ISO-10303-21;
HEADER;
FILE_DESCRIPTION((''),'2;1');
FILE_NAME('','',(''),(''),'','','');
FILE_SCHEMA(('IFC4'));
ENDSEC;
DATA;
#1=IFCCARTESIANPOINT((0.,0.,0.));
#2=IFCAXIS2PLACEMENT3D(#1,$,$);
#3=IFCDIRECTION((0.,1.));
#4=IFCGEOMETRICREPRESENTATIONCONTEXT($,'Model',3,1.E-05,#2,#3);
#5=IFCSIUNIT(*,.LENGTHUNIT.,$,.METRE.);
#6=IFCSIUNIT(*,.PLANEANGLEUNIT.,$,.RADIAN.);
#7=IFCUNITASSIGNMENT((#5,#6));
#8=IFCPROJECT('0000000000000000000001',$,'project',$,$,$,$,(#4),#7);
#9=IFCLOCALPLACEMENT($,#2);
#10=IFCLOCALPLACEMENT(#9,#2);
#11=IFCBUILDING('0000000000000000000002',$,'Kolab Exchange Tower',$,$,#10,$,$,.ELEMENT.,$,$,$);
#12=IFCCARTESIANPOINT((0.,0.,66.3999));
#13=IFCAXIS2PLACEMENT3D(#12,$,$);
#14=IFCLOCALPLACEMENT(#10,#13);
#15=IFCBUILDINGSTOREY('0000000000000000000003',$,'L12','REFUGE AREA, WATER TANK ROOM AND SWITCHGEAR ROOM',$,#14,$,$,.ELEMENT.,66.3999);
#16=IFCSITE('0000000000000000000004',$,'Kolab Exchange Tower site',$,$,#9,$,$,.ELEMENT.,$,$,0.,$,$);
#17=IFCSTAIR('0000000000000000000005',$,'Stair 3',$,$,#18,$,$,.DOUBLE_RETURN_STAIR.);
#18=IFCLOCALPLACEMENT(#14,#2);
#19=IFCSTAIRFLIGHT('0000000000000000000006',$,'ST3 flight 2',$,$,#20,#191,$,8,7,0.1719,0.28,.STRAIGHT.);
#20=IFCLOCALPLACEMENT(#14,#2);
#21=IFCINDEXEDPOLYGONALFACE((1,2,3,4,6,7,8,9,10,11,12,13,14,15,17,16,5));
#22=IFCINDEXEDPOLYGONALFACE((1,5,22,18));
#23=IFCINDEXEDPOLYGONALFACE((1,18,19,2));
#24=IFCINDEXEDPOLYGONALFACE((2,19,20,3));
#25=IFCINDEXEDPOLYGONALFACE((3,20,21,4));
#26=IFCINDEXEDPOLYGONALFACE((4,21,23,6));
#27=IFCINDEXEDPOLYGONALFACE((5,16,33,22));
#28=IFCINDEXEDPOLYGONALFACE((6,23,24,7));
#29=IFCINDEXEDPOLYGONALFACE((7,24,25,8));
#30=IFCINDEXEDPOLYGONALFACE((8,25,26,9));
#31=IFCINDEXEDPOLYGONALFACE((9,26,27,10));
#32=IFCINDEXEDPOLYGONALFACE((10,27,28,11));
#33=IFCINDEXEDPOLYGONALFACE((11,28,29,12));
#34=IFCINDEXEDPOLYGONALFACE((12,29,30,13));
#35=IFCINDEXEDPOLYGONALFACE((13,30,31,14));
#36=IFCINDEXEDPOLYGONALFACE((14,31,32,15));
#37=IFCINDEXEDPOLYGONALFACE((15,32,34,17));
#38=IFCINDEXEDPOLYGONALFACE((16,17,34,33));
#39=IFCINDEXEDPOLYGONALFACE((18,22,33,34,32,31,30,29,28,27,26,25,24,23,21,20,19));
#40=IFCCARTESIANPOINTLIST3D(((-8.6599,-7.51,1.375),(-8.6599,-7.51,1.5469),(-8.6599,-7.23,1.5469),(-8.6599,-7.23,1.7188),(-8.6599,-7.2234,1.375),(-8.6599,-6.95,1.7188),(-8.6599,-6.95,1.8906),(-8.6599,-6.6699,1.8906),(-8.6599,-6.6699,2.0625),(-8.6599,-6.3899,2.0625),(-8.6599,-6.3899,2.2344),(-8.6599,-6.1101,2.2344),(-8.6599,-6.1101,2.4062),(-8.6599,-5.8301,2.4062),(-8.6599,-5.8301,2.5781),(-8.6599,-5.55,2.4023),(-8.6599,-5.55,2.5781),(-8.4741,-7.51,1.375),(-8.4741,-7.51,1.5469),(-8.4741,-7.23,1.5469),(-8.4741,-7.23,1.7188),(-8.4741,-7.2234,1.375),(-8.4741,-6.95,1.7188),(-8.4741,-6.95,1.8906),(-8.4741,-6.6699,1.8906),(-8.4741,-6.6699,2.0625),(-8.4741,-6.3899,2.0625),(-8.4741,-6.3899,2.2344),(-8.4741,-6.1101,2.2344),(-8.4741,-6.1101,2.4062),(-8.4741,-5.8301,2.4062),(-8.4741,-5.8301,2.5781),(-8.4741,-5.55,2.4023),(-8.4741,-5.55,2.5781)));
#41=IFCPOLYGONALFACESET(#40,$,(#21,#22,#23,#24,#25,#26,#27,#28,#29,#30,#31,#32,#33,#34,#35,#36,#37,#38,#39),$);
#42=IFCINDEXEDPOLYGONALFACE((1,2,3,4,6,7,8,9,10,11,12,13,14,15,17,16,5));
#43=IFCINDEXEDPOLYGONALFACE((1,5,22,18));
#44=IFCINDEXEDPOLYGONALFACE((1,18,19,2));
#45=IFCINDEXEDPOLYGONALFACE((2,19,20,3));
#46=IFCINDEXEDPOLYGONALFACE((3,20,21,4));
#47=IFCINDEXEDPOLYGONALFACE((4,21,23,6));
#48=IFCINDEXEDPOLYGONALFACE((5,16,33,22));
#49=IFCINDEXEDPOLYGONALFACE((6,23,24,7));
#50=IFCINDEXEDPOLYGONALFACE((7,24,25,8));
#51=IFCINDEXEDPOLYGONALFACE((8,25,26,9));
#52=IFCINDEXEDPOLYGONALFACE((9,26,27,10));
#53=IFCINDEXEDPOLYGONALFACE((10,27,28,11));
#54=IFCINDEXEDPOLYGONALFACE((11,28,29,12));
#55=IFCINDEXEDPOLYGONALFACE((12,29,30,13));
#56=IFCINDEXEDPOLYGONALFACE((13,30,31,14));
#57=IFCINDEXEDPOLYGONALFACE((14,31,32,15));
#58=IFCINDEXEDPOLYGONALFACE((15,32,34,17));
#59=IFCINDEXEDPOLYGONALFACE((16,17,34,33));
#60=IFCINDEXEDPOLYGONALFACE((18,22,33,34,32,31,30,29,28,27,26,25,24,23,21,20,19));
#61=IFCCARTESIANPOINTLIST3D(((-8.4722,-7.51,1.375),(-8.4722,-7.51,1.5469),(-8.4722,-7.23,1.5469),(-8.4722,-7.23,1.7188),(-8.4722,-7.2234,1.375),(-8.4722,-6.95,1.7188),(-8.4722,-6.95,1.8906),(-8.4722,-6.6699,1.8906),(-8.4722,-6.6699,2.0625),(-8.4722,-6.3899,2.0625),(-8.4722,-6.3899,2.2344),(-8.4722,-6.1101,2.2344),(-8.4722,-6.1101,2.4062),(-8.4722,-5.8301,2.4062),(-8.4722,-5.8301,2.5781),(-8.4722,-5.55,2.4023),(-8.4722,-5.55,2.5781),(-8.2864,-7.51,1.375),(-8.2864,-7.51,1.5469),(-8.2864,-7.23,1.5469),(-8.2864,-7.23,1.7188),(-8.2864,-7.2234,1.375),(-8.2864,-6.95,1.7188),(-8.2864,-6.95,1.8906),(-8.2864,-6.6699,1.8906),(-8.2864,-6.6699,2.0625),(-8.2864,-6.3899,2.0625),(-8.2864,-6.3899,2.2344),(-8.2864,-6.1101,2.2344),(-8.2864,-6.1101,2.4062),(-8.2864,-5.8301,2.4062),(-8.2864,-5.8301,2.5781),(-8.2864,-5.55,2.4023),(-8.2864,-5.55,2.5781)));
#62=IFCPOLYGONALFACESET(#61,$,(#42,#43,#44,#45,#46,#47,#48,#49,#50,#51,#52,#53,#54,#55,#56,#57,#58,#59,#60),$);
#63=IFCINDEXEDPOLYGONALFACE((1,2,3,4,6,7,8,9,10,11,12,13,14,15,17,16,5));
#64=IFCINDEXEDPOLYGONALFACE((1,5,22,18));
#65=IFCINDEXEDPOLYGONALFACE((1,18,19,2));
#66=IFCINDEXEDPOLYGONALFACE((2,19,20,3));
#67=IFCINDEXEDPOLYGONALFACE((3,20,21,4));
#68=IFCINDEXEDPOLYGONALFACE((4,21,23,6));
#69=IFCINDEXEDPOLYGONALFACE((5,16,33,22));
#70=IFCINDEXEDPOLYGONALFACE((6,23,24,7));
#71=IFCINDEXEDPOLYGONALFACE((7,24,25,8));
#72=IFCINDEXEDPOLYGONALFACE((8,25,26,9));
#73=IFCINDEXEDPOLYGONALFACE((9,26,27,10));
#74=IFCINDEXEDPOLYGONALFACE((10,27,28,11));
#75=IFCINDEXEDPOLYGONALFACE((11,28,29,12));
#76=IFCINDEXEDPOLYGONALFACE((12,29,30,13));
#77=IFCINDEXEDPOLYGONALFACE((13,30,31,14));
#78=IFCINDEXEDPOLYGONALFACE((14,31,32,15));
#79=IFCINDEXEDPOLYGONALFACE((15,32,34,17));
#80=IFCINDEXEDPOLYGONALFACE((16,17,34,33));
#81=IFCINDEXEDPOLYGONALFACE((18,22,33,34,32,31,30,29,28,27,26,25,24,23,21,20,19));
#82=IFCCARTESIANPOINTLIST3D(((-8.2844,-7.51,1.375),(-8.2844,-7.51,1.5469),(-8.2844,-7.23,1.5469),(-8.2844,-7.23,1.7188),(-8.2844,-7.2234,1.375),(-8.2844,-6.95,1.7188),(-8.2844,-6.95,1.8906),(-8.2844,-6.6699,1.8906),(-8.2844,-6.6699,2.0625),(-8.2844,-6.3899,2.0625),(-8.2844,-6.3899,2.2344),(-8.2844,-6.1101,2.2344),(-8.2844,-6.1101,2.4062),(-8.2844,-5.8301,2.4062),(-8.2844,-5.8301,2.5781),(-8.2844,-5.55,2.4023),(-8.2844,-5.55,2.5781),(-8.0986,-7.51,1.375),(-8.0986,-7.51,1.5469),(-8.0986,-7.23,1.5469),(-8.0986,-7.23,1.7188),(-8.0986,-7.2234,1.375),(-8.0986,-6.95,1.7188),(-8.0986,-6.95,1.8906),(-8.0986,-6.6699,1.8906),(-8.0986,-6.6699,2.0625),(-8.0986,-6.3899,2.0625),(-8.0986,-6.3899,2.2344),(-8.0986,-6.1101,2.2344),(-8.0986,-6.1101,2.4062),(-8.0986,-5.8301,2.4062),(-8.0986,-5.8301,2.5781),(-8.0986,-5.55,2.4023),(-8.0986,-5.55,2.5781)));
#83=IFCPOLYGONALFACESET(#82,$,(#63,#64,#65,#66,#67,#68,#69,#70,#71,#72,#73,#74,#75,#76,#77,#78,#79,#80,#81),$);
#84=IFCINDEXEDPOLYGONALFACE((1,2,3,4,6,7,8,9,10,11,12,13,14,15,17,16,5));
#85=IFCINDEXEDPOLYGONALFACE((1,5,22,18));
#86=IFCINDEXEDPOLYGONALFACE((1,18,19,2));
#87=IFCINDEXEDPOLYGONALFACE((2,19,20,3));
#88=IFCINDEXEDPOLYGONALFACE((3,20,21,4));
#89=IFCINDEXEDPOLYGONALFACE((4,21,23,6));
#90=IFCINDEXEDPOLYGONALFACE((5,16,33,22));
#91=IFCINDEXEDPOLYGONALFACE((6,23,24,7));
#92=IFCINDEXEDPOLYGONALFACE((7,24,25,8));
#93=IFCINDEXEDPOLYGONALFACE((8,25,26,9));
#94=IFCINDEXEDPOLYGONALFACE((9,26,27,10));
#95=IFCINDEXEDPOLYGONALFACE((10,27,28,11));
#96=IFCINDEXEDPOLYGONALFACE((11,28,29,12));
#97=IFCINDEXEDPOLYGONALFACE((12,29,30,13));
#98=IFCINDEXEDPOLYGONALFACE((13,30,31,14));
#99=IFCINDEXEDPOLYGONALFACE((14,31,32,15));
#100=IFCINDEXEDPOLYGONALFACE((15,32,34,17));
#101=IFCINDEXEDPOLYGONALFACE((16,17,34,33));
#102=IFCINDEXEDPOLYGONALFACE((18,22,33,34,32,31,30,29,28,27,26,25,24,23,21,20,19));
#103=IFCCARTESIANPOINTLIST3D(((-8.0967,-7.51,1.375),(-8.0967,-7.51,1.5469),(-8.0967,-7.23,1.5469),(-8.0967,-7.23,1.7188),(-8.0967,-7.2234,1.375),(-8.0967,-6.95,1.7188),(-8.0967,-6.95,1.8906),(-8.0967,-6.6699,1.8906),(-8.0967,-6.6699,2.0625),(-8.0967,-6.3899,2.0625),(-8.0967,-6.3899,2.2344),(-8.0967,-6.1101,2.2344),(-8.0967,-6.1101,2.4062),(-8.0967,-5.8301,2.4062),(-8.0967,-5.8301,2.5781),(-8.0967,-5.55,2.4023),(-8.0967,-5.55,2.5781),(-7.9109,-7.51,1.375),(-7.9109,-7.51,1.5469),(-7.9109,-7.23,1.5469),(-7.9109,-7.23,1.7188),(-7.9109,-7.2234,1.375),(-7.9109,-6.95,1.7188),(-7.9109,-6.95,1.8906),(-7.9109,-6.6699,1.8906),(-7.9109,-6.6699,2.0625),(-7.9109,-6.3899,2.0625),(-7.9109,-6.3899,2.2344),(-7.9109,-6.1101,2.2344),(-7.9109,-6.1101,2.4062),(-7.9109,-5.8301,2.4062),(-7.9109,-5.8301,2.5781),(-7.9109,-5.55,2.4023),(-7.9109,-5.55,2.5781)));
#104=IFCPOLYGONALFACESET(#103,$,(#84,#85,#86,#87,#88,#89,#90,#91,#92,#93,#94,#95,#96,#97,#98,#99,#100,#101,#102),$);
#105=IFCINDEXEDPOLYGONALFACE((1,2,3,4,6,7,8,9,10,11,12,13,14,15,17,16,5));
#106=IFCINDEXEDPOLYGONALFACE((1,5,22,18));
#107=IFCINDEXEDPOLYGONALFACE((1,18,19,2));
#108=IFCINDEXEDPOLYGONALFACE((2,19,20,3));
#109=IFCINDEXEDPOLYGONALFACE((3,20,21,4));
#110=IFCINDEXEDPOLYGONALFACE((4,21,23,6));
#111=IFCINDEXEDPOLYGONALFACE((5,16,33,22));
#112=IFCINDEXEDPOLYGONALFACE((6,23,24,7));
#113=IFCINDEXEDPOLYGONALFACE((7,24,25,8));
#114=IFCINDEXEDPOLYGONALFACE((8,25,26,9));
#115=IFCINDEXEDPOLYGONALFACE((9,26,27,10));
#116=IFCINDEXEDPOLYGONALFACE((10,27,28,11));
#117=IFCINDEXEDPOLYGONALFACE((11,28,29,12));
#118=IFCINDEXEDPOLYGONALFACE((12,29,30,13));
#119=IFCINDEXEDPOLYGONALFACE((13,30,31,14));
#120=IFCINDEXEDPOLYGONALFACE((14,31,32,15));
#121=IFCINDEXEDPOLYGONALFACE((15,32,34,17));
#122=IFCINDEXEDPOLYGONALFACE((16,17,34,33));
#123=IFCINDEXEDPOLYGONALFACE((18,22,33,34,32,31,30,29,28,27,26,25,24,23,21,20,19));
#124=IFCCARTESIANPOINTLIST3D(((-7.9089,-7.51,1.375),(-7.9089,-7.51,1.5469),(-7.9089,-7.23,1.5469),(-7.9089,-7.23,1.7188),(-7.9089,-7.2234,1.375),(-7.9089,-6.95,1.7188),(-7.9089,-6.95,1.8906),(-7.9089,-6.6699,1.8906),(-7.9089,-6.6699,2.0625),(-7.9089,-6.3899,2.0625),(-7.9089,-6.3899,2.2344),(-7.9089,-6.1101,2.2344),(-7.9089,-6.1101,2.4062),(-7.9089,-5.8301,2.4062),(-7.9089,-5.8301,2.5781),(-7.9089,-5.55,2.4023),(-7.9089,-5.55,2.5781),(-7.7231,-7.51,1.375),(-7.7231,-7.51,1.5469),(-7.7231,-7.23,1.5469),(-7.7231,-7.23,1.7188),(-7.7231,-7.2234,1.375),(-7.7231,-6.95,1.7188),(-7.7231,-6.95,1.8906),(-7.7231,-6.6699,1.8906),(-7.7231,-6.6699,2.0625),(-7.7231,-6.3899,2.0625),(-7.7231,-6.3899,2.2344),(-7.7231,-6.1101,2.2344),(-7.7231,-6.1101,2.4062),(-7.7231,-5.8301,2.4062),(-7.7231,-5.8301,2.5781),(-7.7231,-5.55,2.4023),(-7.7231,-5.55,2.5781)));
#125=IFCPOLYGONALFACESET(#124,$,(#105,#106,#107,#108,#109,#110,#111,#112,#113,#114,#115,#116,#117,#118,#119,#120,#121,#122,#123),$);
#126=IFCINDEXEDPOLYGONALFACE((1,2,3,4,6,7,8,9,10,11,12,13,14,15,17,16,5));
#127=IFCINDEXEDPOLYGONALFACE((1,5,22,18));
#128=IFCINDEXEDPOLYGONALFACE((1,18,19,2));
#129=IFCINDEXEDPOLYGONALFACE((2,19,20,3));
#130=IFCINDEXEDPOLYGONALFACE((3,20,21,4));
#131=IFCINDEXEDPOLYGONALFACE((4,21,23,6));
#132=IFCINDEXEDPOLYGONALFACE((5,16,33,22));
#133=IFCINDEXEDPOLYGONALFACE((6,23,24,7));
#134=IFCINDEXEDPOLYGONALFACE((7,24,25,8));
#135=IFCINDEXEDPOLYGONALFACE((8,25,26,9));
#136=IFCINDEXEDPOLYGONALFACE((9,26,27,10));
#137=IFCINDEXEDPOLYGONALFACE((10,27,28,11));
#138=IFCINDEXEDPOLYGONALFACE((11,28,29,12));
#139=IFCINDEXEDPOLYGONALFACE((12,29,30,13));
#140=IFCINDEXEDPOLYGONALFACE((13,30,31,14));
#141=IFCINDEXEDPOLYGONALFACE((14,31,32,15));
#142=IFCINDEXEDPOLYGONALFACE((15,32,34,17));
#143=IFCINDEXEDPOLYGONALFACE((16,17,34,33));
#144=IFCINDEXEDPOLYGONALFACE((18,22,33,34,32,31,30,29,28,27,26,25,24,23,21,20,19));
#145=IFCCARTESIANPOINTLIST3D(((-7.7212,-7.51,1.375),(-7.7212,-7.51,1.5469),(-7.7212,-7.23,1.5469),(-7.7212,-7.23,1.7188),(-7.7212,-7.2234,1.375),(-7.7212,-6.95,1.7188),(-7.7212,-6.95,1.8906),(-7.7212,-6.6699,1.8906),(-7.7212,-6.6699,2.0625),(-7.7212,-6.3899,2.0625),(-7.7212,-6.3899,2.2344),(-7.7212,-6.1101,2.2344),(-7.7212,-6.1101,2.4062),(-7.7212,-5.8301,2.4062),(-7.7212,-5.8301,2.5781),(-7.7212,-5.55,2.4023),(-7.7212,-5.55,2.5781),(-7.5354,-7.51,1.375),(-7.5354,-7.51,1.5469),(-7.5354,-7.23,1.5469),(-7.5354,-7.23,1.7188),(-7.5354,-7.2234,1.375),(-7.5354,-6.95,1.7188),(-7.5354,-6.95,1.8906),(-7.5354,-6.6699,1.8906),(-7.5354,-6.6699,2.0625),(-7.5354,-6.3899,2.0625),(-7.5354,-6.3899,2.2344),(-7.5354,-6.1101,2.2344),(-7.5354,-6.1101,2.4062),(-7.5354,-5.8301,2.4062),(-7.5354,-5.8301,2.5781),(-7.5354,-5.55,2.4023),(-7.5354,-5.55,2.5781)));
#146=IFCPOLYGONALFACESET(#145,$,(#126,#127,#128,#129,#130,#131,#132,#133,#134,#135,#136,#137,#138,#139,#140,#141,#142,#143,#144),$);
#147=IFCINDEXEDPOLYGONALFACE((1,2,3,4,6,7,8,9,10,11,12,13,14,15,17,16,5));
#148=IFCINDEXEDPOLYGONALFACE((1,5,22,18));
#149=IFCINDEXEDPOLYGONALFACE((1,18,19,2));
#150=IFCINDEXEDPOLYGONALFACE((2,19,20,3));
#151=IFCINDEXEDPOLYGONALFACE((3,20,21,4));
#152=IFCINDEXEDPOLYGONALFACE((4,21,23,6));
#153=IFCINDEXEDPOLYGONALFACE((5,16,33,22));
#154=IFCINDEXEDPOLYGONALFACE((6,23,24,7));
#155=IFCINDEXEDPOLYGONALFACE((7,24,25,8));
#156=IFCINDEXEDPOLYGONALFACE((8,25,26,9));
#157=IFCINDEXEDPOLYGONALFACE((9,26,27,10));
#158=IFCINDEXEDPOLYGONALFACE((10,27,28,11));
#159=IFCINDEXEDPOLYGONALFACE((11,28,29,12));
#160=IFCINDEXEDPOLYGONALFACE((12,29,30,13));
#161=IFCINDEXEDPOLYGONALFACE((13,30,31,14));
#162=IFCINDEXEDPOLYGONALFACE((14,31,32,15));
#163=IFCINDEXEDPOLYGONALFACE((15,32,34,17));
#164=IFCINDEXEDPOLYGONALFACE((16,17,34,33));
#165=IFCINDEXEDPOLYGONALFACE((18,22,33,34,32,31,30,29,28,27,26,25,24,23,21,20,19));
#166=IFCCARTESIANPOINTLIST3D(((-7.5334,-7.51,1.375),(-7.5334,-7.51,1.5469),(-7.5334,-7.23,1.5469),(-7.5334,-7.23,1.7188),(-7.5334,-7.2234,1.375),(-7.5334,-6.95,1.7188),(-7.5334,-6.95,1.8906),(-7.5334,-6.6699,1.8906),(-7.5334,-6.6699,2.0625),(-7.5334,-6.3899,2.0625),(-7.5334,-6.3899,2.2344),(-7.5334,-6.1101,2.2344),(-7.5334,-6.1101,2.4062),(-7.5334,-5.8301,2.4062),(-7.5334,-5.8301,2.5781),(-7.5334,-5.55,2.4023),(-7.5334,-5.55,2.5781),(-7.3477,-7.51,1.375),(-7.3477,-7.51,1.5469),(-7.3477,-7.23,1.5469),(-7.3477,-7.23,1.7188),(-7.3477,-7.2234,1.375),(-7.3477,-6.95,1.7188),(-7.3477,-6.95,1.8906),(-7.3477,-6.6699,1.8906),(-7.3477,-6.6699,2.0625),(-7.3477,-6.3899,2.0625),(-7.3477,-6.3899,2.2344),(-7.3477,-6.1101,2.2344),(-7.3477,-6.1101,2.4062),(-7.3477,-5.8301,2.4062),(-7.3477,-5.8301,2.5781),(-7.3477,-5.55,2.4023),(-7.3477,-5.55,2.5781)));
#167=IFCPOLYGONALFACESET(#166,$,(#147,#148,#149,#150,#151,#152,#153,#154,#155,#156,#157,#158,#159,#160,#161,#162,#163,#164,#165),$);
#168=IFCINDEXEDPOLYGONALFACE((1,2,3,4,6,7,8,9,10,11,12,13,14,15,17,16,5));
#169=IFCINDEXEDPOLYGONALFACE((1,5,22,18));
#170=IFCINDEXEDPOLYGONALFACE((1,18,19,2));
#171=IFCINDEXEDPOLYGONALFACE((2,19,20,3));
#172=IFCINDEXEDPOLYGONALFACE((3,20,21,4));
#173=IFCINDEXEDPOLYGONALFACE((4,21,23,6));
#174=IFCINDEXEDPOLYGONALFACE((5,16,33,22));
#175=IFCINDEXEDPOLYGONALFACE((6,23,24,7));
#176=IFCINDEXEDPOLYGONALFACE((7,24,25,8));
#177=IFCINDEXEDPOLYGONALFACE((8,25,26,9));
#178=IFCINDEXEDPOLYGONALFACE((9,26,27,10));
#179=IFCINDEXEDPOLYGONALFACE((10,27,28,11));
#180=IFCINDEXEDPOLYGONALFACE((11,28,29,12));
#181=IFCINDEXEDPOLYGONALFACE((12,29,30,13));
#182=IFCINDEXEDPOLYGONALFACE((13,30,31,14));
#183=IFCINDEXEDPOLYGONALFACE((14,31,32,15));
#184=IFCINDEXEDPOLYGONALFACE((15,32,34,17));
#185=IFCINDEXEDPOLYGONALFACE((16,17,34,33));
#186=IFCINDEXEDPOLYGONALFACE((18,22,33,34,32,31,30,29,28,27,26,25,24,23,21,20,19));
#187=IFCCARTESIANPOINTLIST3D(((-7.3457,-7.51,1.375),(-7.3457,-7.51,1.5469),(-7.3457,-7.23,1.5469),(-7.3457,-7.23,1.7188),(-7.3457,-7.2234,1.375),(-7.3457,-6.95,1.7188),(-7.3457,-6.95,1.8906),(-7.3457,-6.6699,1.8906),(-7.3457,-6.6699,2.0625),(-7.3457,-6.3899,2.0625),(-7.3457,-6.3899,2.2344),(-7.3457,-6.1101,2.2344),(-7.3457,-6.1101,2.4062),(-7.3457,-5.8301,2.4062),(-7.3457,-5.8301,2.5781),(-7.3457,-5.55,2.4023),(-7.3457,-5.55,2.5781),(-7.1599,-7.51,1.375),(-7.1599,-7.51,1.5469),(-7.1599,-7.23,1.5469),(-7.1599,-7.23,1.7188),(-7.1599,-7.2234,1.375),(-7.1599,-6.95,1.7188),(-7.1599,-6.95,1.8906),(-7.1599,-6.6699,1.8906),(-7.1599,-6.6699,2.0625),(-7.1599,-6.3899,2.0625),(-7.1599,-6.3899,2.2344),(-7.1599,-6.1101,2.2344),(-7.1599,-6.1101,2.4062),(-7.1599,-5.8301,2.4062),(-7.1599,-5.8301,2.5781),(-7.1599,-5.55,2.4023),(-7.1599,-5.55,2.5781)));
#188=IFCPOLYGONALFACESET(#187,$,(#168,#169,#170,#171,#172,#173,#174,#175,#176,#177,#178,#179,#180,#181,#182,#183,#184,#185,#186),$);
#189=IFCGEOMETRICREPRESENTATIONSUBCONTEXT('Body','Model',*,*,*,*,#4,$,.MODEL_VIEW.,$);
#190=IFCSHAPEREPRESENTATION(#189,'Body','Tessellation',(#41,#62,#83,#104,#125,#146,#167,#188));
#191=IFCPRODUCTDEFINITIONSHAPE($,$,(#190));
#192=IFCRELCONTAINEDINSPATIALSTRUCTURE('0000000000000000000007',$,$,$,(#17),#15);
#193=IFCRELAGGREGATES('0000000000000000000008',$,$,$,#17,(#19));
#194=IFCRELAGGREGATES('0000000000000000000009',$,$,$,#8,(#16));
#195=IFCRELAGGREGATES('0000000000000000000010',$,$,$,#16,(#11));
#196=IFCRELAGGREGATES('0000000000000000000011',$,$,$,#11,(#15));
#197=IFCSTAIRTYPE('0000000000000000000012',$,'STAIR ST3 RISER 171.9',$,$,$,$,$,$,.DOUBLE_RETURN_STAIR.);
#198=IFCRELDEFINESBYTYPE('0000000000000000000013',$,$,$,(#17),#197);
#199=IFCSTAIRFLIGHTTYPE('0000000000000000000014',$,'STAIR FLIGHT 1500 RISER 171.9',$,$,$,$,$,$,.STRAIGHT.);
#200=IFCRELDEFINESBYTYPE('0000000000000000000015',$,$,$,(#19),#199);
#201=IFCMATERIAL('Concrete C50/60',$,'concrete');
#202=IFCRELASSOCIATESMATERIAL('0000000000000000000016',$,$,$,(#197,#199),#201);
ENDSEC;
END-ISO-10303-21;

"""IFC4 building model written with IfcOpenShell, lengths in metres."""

from ifc_helpers import new_model, si_unit, direction, frame, origin, place, context, subcontext, project, spatial, polyline, outline, extrude, material, type_object, element, aggregate, save


model = new_model("IFC4")

# Units and contexts
model_context = context("Model", 3, precision=1e-05, world=origin(), true_north=direction((0.0, 1.0)))
body_context = subcontext(model_context, "Body", "Model", "MODEL_VIEW")
ifc_project = project(units=[si_unit("LENGTHUNIT", "METRE"), si_unit("PLANEANGLEUNIT", "RADIAN")], contexts=[model_context])

# Site, building, storey
site_placement = place(None, origin())
site = spatial("IfcSite", under=ifc_project, at=site_placement, Name="Kolab Exchange Tower site", CompositionType="ELEMENT", RefElevation=0.0)
building_placement = place(site_placement, origin())
building = spatial("IfcBuilding", under=site, at=building_placement, Name="Kolab Exchange Tower", CompositionType="ELEMENT")
storey_placement = place(building_placement, frame((0.0, 0.0, 66.3999)))
storey = spatial("IfcBuildingStorey", under=building, at=storey_placement, Name="L12", Description="REFUGE AREA, WATER TANK ROOM AND SWITCHGEAR ROOM", CompositionType="ELEMENT", Elevation=66.3999)

# Shared definitions
ifc_material_1 = material(Name="Concrete C50/60", Category="concrete")

# Stair, stair flight
stair_type = type_object("IfcStairType", Name="STAIR ST3 RISER 171.9", PredefinedType="DOUBLE_RETURN_STAIR", material=ifc_material_1)
stair_placement = place(storey_placement, origin())
stair = element("IfcStair", 1, at=stair_placement, inside=storey, type_object=stair_type, Name="Stair 3", PredefinedType="DOUBLE_RETURN_STAIR")
stair_flight_type = type_object("IfcStairFlightType", Name="STAIR FLIGHT 1500 RISER 171.9", PredefinedType="STRAIGHT", material=ifc_material_1)
stair_flight_1_placement = place(storey_placement, frame((-7.9099, -7.51, 1.375), z_axis=(0.0, 0.0, 1.0), x_axis=(0.0, 1.0, 0.0)))
stair_flight_1 = element("IfcStairFlight", 2, at=stair_flight_1_placement, type_object=stair_flight_type, Name="ST3 flight 2", NumberOfRisers=8, NumberOfTreads=7, PredefinedType="STRAIGHT", RiserHeight=0.1719, TreadLength=0.28, context=body_context, shape_type="SweptSolid", body=[
    extrude(outline(polyline([(0.0, 0.0), (0.0, 0.1719), (0.28, 0.1719), (0.28, 0.3438), (0.5601, 0.3438), (0.5601, 0.5156), (0.8401, 0.5156), (0.8401, 0.6875), (1.1201, 0.6875), (1.1201, 0.8594), (1.3999, 0.8594), (1.3999, 1.0312), (1.6799, 1.0312), (1.6799, 1.2031), (1.96, 1.2031), (1.96, 1.375), (1.96, 1.0273), (0.2866, 0.0), (0.0, 0.0)])), frame((0.0, 0.75, 0.0), z_axis=(0.0, -1.0, 0.0), x_axis=(1.0, 0.0, 0.0)), (0.0, 0.0, 1.0), 0.1858),
    extrude(outline(polyline([(0.0, 0.0), (0.0, 0.1719), (0.28, 0.1719), (0.28, 0.3438), (0.5601, 0.3438), (0.5601, 0.5156), (0.8401, 0.5156), (0.8401, 0.6875), (1.1201, 0.6875), (1.1201, 0.8594), (1.3999, 0.8594), (1.3999, 1.0312), (1.6799, 1.0312), (1.6799, 1.2031), (1.96, 1.2031), (1.96, 1.375), (1.96, 1.0273), (0.2866, 0.0), (0.0, 0.0)])), frame((0.0, 0.5623, 0.0), z_axis=(0.0, -1.0, 0.0), x_axis=(1.0, 0.0, 0.0)), (0.0, 0.0, 1.0), 0.1858),
    extrude(outline(polyline([(0.0, 0.0), (0.0, 0.1719), (0.28, 0.1719), (0.28, 0.3438), (0.5601, 0.3438), (0.5601, 0.5156), (0.8401, 0.5156), (0.8401, 0.6875), (1.1201, 0.6875), (1.1201, 0.8594), (1.3999, 0.8594), (1.3999, 1.0312), (1.6799, 1.0312), (1.6799, 1.2031), (1.96, 1.2031), (1.96, 1.375), (1.96, 1.0273), (0.2866, 0.0), (0.0, 0.0)])), frame((0.0, 0.3745, 0.0), z_axis=(0.0, -1.0, 0.0), x_axis=(1.0, 0.0, 0.0)), (0.0, 0.0, 1.0), 0.1858),
    extrude(outline(polyline([(0.0, 0.0), (0.0, 0.1719), (0.28, 0.1719), (0.28, 0.3438), (0.5601, 0.3438), (0.5601, 0.5156), (0.8401, 0.5156), (0.8401, 0.6875), (1.1201, 0.6875), (1.1201, 0.8594), (1.3999, 0.8594), (1.3999, 1.0312), (1.6799, 1.0312), (1.6799, 1.2031), (1.96, 1.2031), (1.96, 1.375), (1.96, 1.0273), (0.2866, 0.0), (0.0, 0.0)])), frame((0.0, 0.1868, 0.0), z_axis=(0.0, -1.0, 0.0), x_axis=(1.0, 0.0, 0.0)), (0.0, 0.0, 1.0), 0.1858),
    extrude(outline(polyline([(0.0, 0.0), (0.0, 0.1719), (0.28, 0.1719), (0.28, 0.3438), (0.5601, 0.3438), (0.5601, 0.5156), (0.8401, 0.5156), (0.8401, 0.6875), (1.1201, 0.6875), (1.1201, 0.8594), (1.3999, 0.8594), (1.3999, 1.0312), (1.6799, 1.0312), (1.6799, 1.2031), (1.96, 1.2031), (1.96, 1.375), (1.96, 1.0273), (0.2866, 0.0), (0.0, 0.0)])), frame((0.0, -0.001, 0.0), z_axis=(0.0, -1.0, 0.0), x_axis=(1.0, 0.0, 0.0)), (0.0, 0.0, 1.0), 0.1858),
    extrude(outline(polyline([(0.0, 0.0), (0.0, 0.1719), (0.28, 0.1719), (0.28, 0.3438), (0.5601, 0.3438), (0.5601, 0.5156), (0.8401, 0.5156), (0.8401, 0.6875), (1.1201, 0.6875), (1.1201, 0.8594), (1.3999, 0.8594), (1.3999, 1.0312), (1.6799, 1.0312), (1.6799, 1.2031), (1.96, 1.2031), (1.96, 1.375), (1.96, 1.0273), (0.2866, 0.0), (0.0, 0.0)])), frame((0.0, -0.1887, 0.0), z_axis=(0.0, -1.0, 0.0), x_axis=(1.0, 0.0, 0.0)), (0.0, 0.0, 1.0), 0.1858),
    extrude(outline(polyline([(0.0, 0.0), (0.0, 0.1719), (0.28, 0.1719), (0.28, 0.3438), (0.5601, 0.3438), (0.5601, 0.5156), (0.8401, 0.5156), (0.8401, 0.6875), (1.1201, 0.6875), (1.1201, 0.8594), (1.3999, 0.8594), (1.3999, 1.0312), (1.6799, 1.0312), (1.6799, 1.2031), (1.96, 1.2031), (1.96, 1.375), (1.96, 1.0273), (0.2866, 0.0), (0.0, 0.0)])), frame((0.0, -0.3765, 0.0), z_axis=(0.0, -1.0, 0.0), x_axis=(1.0, 0.0, 0.0)), (0.0, 0.0, 1.0), 0.1858),
    extrude(outline(polyline([(0.0, 0.0), (0.0, 0.1719), (0.28, 0.1719), (0.28, 0.3438), (0.5601, 0.3438), (0.5601, 0.5156), (0.8401, 0.5156), (0.8401, 0.6875), (1.1201, 0.6875), (1.1201, 0.8594), (1.3999, 0.8594), (1.3999, 1.0312), (1.6799, 1.0312), (1.6799, 1.2031), (1.96, 1.2031), (1.96, 1.375), (1.96, 1.0273), (0.2866, 0.0), (0.0, 0.0)])), frame((0.0, -0.5642, 0.0), z_axis=(0.0, -1.0, 0.0), x_axis=(1.0, 0.0, 0.0)), (0.0, 0.0, 1.0), 0.1858),
])
aggregate(stair, [stair_flight_1])

save(model, "model.ifc")
